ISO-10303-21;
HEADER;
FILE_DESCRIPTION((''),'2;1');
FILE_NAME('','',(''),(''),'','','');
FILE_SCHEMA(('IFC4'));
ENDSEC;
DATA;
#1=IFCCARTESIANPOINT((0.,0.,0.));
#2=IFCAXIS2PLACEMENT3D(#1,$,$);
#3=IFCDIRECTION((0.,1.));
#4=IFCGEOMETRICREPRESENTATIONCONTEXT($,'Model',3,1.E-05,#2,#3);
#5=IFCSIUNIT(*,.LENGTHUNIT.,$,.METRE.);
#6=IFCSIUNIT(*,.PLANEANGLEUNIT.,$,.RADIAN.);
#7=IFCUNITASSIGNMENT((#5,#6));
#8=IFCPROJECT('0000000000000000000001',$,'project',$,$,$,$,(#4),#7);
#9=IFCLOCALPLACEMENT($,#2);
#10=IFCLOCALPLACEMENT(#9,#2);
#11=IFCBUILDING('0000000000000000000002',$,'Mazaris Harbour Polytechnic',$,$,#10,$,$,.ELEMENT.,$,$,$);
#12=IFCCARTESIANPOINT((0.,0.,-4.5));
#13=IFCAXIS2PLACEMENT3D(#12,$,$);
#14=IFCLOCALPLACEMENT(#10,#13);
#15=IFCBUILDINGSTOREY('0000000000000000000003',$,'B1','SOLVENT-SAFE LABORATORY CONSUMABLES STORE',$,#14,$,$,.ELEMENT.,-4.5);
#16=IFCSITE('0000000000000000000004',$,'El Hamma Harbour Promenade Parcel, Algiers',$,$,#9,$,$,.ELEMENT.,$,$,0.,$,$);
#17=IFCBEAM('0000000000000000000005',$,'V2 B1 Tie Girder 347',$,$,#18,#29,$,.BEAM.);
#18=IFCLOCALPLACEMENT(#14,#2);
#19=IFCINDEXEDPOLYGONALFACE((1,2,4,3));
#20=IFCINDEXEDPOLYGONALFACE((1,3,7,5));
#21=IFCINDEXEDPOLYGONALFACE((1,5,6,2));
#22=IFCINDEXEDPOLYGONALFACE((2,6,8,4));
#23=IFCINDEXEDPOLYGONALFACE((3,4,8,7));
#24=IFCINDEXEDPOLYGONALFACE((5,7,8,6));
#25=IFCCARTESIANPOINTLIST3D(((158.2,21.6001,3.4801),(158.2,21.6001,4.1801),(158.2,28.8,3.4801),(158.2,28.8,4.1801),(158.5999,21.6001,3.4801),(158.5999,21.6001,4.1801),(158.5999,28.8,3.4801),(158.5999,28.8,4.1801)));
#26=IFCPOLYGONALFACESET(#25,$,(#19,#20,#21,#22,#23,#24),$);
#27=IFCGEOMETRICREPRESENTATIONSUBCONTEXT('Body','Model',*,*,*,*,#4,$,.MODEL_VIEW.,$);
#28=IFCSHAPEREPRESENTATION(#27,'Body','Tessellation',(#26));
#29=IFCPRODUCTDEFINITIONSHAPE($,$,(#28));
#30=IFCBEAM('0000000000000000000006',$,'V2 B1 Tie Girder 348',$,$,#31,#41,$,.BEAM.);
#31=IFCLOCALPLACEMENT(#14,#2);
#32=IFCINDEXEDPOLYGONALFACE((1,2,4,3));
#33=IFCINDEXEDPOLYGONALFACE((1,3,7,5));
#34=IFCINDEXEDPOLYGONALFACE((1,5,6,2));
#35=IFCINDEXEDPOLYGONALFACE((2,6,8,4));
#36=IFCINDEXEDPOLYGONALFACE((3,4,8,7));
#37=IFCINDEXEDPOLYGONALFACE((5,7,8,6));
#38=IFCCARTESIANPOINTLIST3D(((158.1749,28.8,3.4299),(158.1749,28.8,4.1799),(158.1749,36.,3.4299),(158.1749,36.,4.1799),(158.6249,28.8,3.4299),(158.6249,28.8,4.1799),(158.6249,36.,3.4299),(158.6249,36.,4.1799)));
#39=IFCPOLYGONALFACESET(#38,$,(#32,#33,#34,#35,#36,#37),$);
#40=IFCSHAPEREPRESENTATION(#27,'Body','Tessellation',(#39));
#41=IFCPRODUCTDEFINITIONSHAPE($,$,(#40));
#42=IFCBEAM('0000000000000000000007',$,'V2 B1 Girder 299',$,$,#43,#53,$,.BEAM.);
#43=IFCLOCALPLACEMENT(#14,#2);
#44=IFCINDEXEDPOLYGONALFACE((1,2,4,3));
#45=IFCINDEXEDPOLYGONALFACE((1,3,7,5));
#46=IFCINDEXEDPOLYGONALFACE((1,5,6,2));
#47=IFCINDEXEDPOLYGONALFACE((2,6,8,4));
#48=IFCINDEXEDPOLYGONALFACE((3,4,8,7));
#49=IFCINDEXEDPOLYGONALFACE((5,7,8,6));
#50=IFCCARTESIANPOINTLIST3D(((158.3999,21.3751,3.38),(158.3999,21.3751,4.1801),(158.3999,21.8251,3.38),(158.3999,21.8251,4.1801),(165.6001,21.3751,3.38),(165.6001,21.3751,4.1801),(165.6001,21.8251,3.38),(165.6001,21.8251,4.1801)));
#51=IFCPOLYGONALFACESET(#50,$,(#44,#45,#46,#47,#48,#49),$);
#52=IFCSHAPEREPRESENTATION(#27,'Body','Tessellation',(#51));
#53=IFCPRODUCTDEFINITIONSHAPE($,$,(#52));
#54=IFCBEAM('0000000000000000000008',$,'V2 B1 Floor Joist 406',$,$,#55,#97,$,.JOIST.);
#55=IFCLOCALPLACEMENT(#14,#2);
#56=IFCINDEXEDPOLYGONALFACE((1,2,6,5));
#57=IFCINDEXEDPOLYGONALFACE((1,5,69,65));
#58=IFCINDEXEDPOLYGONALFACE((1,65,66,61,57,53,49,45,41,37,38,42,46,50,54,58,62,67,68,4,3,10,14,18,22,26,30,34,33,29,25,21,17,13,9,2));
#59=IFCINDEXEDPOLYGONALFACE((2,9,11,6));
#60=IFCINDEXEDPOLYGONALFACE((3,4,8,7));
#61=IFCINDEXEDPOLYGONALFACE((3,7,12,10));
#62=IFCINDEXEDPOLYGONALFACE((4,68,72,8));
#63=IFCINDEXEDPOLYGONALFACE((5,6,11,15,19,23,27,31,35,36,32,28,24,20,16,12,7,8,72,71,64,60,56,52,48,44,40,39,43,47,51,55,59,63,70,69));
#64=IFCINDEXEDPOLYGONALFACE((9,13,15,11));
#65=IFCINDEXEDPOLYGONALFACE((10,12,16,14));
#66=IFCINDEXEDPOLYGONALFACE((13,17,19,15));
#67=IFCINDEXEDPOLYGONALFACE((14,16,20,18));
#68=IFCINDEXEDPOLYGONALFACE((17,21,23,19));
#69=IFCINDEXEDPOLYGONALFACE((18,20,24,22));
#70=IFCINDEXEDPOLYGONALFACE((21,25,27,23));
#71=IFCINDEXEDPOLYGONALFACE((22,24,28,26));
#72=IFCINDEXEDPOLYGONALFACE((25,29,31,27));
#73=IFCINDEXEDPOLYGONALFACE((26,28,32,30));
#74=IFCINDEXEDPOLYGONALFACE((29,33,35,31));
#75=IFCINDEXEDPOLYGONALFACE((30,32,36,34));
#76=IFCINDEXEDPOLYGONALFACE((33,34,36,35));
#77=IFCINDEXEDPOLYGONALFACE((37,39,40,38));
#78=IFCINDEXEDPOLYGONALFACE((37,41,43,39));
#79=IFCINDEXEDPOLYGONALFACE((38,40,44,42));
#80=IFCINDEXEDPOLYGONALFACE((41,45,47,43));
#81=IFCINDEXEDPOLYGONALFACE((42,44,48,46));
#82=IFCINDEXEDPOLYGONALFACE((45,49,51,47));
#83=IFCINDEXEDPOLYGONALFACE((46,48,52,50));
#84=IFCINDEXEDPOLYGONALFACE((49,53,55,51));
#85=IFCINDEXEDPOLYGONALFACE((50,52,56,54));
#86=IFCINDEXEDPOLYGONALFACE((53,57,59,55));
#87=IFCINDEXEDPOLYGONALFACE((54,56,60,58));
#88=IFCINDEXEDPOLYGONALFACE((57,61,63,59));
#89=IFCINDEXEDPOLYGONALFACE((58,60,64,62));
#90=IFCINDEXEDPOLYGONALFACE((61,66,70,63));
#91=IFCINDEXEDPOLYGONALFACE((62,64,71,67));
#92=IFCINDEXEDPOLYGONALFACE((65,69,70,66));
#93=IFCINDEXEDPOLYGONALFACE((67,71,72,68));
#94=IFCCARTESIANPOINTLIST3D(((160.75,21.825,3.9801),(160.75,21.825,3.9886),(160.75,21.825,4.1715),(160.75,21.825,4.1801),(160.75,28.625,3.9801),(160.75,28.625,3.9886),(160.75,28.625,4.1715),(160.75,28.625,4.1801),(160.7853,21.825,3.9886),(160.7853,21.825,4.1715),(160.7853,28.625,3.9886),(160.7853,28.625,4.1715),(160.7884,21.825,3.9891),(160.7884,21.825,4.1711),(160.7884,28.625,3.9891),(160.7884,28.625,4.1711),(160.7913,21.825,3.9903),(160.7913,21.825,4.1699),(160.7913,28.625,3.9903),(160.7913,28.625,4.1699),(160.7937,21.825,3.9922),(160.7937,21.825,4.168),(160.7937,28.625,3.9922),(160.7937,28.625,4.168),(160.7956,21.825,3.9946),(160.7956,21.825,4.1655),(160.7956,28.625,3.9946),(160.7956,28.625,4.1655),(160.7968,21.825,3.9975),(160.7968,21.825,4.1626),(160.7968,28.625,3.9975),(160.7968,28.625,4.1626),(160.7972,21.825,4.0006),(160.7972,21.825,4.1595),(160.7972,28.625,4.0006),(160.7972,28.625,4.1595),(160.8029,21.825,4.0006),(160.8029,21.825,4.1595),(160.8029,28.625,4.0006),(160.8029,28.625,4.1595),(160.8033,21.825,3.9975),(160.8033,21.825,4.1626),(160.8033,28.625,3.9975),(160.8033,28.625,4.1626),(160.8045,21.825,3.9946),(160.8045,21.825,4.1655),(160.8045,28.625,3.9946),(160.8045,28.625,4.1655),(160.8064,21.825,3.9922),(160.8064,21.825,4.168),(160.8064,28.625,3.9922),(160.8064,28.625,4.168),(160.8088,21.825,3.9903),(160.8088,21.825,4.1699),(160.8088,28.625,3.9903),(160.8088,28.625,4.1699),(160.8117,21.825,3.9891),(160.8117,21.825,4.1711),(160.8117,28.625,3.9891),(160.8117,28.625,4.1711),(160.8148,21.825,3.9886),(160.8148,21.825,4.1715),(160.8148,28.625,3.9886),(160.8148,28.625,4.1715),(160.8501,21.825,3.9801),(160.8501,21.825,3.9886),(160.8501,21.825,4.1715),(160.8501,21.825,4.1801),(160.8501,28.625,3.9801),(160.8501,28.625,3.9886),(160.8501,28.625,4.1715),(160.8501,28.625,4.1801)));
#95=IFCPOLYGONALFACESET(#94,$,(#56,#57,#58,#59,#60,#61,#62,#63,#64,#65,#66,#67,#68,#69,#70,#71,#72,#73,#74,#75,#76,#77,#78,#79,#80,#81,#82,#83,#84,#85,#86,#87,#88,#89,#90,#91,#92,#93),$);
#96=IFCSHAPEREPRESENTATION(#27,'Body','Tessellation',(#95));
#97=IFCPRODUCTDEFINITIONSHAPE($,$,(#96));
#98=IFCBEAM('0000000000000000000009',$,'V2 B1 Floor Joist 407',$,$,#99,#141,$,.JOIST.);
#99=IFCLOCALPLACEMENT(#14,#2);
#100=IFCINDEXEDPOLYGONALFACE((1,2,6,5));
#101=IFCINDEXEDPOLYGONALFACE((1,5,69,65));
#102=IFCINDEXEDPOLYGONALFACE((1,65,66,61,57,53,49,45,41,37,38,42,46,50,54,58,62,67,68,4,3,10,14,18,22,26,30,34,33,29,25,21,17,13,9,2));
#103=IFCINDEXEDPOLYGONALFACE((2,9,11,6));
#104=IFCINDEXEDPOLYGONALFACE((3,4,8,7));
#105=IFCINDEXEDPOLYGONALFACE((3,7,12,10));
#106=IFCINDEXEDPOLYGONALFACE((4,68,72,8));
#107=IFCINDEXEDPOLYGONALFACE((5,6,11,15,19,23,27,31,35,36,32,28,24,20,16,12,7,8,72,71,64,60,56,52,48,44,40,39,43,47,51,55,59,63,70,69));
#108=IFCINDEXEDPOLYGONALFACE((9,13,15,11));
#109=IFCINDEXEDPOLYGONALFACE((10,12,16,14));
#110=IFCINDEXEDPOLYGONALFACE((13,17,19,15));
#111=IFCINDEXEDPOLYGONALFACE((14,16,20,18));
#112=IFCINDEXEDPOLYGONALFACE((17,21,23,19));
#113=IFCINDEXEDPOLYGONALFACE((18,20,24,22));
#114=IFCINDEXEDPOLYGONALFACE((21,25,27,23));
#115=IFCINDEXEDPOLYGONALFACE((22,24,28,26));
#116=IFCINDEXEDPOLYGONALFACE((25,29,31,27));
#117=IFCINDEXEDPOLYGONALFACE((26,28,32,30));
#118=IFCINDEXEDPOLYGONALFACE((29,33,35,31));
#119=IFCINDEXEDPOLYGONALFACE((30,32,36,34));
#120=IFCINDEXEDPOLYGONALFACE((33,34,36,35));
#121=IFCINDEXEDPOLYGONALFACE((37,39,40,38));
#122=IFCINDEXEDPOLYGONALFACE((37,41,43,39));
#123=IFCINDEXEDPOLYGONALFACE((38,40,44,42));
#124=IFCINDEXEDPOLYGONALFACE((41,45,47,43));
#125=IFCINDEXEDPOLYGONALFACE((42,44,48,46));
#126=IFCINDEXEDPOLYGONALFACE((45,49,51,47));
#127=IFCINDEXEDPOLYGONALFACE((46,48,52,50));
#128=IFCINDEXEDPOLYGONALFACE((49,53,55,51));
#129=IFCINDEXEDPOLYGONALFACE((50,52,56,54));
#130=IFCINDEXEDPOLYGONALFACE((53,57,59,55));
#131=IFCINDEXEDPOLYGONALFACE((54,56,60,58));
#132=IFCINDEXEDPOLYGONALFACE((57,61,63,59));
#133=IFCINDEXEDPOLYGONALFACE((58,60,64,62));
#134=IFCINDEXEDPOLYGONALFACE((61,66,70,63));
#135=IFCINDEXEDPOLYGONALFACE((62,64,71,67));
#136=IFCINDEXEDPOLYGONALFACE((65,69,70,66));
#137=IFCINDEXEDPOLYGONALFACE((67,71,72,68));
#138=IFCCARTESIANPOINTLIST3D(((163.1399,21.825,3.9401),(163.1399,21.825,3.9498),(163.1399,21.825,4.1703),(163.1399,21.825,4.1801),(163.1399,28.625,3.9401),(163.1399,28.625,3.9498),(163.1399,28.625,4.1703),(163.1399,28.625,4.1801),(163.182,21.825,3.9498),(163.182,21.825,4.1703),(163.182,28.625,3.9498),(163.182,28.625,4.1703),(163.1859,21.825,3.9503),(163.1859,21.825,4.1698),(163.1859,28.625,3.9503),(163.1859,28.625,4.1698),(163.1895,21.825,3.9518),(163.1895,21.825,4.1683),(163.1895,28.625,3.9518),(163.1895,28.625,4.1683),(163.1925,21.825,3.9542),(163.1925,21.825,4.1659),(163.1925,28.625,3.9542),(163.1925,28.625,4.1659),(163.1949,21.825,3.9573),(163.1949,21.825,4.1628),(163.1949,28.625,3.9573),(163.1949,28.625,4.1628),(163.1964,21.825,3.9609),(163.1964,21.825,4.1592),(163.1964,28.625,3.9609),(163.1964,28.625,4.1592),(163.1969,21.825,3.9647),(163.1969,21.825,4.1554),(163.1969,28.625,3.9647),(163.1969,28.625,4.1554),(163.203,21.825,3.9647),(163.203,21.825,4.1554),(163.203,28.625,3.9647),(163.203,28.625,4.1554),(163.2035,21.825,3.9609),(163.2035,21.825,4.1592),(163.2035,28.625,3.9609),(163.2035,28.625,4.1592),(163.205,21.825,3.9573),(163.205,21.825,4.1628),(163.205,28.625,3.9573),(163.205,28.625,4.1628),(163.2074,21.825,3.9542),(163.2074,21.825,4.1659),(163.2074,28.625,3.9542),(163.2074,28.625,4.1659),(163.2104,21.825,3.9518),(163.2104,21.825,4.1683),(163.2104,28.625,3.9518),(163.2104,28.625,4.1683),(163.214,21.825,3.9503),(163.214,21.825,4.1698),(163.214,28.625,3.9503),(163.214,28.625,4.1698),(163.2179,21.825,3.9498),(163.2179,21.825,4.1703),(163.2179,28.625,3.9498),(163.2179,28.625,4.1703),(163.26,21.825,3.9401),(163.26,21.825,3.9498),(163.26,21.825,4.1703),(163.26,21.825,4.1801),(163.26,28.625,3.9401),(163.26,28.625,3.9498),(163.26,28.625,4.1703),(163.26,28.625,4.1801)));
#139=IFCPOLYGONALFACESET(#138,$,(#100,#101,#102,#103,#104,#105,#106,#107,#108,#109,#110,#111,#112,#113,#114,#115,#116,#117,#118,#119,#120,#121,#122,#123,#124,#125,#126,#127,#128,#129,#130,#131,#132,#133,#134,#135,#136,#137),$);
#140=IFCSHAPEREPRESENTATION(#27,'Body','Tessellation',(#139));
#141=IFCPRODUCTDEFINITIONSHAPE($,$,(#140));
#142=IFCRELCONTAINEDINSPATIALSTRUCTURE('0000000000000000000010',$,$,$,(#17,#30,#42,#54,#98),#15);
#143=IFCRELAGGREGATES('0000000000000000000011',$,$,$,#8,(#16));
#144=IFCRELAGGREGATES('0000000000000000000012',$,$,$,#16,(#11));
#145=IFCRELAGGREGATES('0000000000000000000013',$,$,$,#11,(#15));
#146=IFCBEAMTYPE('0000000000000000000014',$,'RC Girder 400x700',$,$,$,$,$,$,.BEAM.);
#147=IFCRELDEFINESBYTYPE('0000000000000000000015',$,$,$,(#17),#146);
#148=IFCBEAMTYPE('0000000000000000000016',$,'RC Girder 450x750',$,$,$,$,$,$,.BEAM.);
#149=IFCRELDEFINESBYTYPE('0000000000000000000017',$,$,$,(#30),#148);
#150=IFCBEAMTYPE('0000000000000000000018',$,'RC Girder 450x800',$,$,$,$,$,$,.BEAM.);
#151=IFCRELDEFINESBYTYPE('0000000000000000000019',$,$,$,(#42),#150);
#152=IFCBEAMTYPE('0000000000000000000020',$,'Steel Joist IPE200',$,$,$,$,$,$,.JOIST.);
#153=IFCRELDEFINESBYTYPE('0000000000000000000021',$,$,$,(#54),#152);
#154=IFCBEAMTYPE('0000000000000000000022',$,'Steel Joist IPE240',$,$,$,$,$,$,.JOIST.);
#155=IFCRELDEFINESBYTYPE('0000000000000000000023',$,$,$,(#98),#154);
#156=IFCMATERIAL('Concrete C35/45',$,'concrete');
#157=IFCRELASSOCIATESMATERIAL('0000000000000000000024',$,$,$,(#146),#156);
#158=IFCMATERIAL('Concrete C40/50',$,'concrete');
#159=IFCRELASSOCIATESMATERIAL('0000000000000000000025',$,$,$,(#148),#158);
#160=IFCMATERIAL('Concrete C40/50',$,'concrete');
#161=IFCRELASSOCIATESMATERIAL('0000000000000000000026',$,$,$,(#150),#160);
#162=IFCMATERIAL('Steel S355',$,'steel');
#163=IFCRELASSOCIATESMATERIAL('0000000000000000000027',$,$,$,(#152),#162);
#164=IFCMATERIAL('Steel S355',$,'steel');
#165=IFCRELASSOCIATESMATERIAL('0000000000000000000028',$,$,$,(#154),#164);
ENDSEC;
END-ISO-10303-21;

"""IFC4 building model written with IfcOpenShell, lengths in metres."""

from ifc_helpers import new_model, si_unit, direction, frame, origin, origin_2d, place, context, subcontext, project, spatial, rectangle, i_section, extrude, material, material_profile, profile_set, type_object, element, save


model = new_model("IFC4")

# Units and contexts
model_context = context("Model", 3, precision=1e-05, world=origin(), true_north=direction((0.0, 1.0)))
body_context = subcontext(model_context, "Body", "Model", "MODEL_VIEW")
ifc_project = project(units=[si_unit("LENGTHUNIT", "METRE"), si_unit("PLANEANGLEUNIT", "RADIAN")], contexts=[model_context])

# Site, building, storey
site_placement = place(None, origin())
site = spatial("IfcSite", under=ifc_project, at=site_placement, Name="El Hamma Harbour Promenade Parcel, Algiers", CompositionType="ELEMENT", RefElevation=0.0)
building_placement = place(site_placement, origin())
building = spatial("IfcBuilding", under=site, at=building_placement, Name="Mazaris Harbour Polytechnic", CompositionType="ELEMENT")
storey_placement = place(building_placement, frame((0.0, 0.0, -4.5)))
storey = spatial("IfcBuildingStorey", under=building, at=storey_placement, Name="B1", Description="SOLVENT-SAFE LABORATORY CONSUMABLES STORE", CompositionType="ELEMENT", Elevation=-4.5)

# Beams
ifc_material_1 = material(Name="Concrete C35/45", Category="concrete")
ifc_material_profile_1 = material_profile(ifc_material_1, rectangle(XDim=0.3999, YDim=0.7, at=origin_2d()), Name="RECT400x700")
ifc_profile_set_1 = profile_set([ifc_material_profile_1], Name="Concrete C35/45")
beam_type_1 = type_object("IfcBeamType", Name="RC Girder 400x700", PredefinedType="BEAM", material=ifc_profile_set_1)
beam_1_placement = place(storey_placement, frame((158.3999, 21.6001, 3.8301), z_axis=(0.0, 1.0, 0.0), x_axis=(-1.0, 0.0, 0.0)))
element("IfcBeam", 1, at=beam_1_placement, inside=storey, type_object=beam_type_1, Name="V2 B1 Tie Girder 347", PredefinedType="BEAM", context=body_context, shape_type="SweptSolid", body=[
    extrude(rectangle(XDim=0.3999, YDim=0.7, at=origin_2d()), origin(), (0.0, 0.0, 1.0), 7.2),
])
ifc_material_2 = material(Name="Concrete C40/50", Category="concrete")
ifc_material_profile_2 = material_profile(ifc_material_2, rectangle(XDim=0.45, YDim=0.75, at=origin_2d()), Name="RECT450x750")
ifc_profile_set_2 = profile_set([ifc_material_profile_2], Name="Concrete C40/50")
beam_type_2 = type_object("IfcBeamType", Name="RC Girder 450x750", PredefinedType="BEAM", material=ifc_profile_set_2)
beam_2_placement = place(storey_placement, frame((158.3999, 28.8, 3.8049), z_axis=(0.0, 1.0, 0.0), x_axis=(-1.0, 0.0, 0.0)))
element("IfcBeam", 2, at=beam_2_placement, inside=storey, type_object=beam_type_2, Name="V2 B1 Tie Girder 348", PredefinedType="BEAM", context=body_context, shape_type="SweptSolid", body=[
    extrude(rectangle(XDim=0.45, YDim=0.75, at=origin_2d()), origin(), (0.0, 0.0, 1.0), 7.2),
])
ifc_material_3 = material(Name="Concrete C40/50", Category="concrete")
ifc_material_profile_3 = material_profile(ifc_material_3, rectangle(XDim=0.45, YDim=0.8, at=origin_2d()), Name="RECT450x800")
ifc_profile_set_3 = profile_set([ifc_material_profile_3], Name="Concrete C40/50")
beam_type_3 = type_object("IfcBeamType", Name="RC Girder 450x800", PredefinedType="BEAM", material=ifc_profile_set_3)
beam_3_placement = place(storey_placement, frame((158.3999, 21.6001, 3.78), z_axis=(1.0, 0.0, 0.0), x_axis=(0.0, 1.0, 0.0)))
element("IfcBeam", 3, at=beam_3_placement, inside=storey, type_object=beam_type_3, Name="V2 B1 Girder 299", PredefinedType="BEAM", context=body_context, shape_type="SweptSolid", body=[
    extrude(rectangle(XDim=0.45, YDim=0.8, at=origin_2d()), origin(), (0.0, 0.0, 1.0), 7.2002),
])
ifc_material_4 = material(Name="Steel S355", Category="steel")
ifc_material_profile_4 = material_profile(ifc_material_4, i_section(OverallWidth=0.1001, OverallDepth=0.2, WebThickness=0.0056, FlangeThickness=0.0085, FilletRadius=0.012, at=origin_2d()), Name="IPE 200")
ifc_profile_set_4 = profile_set([ifc_material_profile_4], Name="Steel S355")
beam_type_4 = type_object("IfcBeamType", Name="Steel Joist IPE200", PredefinedType="JOIST", material=ifc_profile_set_4)
beam_4_placement = place(storey_placement, frame((160.8, 21.825, 4.0801), z_axis=(0.0, 1.0, 0.0), x_axis=(-1.0, 0.0, 0.0)))
element("IfcBeam", 4, at=beam_4_placement, inside=storey, type_object=beam_type_4, Name="V2 B1 Floor Joist 406", PredefinedType="JOIST", context=body_context, shape_type="SweptSolid", body=[
    extrude(i_section(OverallWidth=0.1001, OverallDepth=0.2, WebThickness=0.0056, FlangeThickness=0.0085, FilletRadius=0.012, at=origin_2d()), origin(), (0.0, 0.0, 1.0), 6.8),
])
ifc_material_5 = material(Name="Steel S355", Category="steel")
ifc_material_profile_5 = material_profile(ifc_material_5, i_section(OverallWidth=0.1201, OverallDepth=0.24, WebThickness=0.0061, FlangeThickness=0.0098, FilletRadius=0.0149, at=origin_2d()), Name="IPE 240")
ifc_profile_set_5 = profile_set([ifc_material_profile_5], Name="Steel S355")
beam_type_5 = type_object("IfcBeamType", Name="Steel Joist IPE240", PredefinedType="JOIST", material=ifc_profile_set_5)
beam_5_placement = place(storey_placement, frame((163.2, 21.825, 4.0601), z_axis=(0.0, 1.0, 0.0), x_axis=(-1.0, 0.0, 0.0)))
element("IfcBeam", 5, at=beam_5_placement, inside=storey, type_object=beam_type_5, Name="V2 B1 Floor Joist 407", PredefinedType="JOIST", context=body_context, shape_type="SweptSolid", body=[
    extrude(i_section(OverallWidth=0.1201, OverallDepth=0.24, WebThickness=0.0061, FlangeThickness=0.0098, FilletRadius=0.0149, at=origin_2d()), origin(), (0.0, 0.0, 1.0), 6.8),
])

save(model, "model.ifc")
